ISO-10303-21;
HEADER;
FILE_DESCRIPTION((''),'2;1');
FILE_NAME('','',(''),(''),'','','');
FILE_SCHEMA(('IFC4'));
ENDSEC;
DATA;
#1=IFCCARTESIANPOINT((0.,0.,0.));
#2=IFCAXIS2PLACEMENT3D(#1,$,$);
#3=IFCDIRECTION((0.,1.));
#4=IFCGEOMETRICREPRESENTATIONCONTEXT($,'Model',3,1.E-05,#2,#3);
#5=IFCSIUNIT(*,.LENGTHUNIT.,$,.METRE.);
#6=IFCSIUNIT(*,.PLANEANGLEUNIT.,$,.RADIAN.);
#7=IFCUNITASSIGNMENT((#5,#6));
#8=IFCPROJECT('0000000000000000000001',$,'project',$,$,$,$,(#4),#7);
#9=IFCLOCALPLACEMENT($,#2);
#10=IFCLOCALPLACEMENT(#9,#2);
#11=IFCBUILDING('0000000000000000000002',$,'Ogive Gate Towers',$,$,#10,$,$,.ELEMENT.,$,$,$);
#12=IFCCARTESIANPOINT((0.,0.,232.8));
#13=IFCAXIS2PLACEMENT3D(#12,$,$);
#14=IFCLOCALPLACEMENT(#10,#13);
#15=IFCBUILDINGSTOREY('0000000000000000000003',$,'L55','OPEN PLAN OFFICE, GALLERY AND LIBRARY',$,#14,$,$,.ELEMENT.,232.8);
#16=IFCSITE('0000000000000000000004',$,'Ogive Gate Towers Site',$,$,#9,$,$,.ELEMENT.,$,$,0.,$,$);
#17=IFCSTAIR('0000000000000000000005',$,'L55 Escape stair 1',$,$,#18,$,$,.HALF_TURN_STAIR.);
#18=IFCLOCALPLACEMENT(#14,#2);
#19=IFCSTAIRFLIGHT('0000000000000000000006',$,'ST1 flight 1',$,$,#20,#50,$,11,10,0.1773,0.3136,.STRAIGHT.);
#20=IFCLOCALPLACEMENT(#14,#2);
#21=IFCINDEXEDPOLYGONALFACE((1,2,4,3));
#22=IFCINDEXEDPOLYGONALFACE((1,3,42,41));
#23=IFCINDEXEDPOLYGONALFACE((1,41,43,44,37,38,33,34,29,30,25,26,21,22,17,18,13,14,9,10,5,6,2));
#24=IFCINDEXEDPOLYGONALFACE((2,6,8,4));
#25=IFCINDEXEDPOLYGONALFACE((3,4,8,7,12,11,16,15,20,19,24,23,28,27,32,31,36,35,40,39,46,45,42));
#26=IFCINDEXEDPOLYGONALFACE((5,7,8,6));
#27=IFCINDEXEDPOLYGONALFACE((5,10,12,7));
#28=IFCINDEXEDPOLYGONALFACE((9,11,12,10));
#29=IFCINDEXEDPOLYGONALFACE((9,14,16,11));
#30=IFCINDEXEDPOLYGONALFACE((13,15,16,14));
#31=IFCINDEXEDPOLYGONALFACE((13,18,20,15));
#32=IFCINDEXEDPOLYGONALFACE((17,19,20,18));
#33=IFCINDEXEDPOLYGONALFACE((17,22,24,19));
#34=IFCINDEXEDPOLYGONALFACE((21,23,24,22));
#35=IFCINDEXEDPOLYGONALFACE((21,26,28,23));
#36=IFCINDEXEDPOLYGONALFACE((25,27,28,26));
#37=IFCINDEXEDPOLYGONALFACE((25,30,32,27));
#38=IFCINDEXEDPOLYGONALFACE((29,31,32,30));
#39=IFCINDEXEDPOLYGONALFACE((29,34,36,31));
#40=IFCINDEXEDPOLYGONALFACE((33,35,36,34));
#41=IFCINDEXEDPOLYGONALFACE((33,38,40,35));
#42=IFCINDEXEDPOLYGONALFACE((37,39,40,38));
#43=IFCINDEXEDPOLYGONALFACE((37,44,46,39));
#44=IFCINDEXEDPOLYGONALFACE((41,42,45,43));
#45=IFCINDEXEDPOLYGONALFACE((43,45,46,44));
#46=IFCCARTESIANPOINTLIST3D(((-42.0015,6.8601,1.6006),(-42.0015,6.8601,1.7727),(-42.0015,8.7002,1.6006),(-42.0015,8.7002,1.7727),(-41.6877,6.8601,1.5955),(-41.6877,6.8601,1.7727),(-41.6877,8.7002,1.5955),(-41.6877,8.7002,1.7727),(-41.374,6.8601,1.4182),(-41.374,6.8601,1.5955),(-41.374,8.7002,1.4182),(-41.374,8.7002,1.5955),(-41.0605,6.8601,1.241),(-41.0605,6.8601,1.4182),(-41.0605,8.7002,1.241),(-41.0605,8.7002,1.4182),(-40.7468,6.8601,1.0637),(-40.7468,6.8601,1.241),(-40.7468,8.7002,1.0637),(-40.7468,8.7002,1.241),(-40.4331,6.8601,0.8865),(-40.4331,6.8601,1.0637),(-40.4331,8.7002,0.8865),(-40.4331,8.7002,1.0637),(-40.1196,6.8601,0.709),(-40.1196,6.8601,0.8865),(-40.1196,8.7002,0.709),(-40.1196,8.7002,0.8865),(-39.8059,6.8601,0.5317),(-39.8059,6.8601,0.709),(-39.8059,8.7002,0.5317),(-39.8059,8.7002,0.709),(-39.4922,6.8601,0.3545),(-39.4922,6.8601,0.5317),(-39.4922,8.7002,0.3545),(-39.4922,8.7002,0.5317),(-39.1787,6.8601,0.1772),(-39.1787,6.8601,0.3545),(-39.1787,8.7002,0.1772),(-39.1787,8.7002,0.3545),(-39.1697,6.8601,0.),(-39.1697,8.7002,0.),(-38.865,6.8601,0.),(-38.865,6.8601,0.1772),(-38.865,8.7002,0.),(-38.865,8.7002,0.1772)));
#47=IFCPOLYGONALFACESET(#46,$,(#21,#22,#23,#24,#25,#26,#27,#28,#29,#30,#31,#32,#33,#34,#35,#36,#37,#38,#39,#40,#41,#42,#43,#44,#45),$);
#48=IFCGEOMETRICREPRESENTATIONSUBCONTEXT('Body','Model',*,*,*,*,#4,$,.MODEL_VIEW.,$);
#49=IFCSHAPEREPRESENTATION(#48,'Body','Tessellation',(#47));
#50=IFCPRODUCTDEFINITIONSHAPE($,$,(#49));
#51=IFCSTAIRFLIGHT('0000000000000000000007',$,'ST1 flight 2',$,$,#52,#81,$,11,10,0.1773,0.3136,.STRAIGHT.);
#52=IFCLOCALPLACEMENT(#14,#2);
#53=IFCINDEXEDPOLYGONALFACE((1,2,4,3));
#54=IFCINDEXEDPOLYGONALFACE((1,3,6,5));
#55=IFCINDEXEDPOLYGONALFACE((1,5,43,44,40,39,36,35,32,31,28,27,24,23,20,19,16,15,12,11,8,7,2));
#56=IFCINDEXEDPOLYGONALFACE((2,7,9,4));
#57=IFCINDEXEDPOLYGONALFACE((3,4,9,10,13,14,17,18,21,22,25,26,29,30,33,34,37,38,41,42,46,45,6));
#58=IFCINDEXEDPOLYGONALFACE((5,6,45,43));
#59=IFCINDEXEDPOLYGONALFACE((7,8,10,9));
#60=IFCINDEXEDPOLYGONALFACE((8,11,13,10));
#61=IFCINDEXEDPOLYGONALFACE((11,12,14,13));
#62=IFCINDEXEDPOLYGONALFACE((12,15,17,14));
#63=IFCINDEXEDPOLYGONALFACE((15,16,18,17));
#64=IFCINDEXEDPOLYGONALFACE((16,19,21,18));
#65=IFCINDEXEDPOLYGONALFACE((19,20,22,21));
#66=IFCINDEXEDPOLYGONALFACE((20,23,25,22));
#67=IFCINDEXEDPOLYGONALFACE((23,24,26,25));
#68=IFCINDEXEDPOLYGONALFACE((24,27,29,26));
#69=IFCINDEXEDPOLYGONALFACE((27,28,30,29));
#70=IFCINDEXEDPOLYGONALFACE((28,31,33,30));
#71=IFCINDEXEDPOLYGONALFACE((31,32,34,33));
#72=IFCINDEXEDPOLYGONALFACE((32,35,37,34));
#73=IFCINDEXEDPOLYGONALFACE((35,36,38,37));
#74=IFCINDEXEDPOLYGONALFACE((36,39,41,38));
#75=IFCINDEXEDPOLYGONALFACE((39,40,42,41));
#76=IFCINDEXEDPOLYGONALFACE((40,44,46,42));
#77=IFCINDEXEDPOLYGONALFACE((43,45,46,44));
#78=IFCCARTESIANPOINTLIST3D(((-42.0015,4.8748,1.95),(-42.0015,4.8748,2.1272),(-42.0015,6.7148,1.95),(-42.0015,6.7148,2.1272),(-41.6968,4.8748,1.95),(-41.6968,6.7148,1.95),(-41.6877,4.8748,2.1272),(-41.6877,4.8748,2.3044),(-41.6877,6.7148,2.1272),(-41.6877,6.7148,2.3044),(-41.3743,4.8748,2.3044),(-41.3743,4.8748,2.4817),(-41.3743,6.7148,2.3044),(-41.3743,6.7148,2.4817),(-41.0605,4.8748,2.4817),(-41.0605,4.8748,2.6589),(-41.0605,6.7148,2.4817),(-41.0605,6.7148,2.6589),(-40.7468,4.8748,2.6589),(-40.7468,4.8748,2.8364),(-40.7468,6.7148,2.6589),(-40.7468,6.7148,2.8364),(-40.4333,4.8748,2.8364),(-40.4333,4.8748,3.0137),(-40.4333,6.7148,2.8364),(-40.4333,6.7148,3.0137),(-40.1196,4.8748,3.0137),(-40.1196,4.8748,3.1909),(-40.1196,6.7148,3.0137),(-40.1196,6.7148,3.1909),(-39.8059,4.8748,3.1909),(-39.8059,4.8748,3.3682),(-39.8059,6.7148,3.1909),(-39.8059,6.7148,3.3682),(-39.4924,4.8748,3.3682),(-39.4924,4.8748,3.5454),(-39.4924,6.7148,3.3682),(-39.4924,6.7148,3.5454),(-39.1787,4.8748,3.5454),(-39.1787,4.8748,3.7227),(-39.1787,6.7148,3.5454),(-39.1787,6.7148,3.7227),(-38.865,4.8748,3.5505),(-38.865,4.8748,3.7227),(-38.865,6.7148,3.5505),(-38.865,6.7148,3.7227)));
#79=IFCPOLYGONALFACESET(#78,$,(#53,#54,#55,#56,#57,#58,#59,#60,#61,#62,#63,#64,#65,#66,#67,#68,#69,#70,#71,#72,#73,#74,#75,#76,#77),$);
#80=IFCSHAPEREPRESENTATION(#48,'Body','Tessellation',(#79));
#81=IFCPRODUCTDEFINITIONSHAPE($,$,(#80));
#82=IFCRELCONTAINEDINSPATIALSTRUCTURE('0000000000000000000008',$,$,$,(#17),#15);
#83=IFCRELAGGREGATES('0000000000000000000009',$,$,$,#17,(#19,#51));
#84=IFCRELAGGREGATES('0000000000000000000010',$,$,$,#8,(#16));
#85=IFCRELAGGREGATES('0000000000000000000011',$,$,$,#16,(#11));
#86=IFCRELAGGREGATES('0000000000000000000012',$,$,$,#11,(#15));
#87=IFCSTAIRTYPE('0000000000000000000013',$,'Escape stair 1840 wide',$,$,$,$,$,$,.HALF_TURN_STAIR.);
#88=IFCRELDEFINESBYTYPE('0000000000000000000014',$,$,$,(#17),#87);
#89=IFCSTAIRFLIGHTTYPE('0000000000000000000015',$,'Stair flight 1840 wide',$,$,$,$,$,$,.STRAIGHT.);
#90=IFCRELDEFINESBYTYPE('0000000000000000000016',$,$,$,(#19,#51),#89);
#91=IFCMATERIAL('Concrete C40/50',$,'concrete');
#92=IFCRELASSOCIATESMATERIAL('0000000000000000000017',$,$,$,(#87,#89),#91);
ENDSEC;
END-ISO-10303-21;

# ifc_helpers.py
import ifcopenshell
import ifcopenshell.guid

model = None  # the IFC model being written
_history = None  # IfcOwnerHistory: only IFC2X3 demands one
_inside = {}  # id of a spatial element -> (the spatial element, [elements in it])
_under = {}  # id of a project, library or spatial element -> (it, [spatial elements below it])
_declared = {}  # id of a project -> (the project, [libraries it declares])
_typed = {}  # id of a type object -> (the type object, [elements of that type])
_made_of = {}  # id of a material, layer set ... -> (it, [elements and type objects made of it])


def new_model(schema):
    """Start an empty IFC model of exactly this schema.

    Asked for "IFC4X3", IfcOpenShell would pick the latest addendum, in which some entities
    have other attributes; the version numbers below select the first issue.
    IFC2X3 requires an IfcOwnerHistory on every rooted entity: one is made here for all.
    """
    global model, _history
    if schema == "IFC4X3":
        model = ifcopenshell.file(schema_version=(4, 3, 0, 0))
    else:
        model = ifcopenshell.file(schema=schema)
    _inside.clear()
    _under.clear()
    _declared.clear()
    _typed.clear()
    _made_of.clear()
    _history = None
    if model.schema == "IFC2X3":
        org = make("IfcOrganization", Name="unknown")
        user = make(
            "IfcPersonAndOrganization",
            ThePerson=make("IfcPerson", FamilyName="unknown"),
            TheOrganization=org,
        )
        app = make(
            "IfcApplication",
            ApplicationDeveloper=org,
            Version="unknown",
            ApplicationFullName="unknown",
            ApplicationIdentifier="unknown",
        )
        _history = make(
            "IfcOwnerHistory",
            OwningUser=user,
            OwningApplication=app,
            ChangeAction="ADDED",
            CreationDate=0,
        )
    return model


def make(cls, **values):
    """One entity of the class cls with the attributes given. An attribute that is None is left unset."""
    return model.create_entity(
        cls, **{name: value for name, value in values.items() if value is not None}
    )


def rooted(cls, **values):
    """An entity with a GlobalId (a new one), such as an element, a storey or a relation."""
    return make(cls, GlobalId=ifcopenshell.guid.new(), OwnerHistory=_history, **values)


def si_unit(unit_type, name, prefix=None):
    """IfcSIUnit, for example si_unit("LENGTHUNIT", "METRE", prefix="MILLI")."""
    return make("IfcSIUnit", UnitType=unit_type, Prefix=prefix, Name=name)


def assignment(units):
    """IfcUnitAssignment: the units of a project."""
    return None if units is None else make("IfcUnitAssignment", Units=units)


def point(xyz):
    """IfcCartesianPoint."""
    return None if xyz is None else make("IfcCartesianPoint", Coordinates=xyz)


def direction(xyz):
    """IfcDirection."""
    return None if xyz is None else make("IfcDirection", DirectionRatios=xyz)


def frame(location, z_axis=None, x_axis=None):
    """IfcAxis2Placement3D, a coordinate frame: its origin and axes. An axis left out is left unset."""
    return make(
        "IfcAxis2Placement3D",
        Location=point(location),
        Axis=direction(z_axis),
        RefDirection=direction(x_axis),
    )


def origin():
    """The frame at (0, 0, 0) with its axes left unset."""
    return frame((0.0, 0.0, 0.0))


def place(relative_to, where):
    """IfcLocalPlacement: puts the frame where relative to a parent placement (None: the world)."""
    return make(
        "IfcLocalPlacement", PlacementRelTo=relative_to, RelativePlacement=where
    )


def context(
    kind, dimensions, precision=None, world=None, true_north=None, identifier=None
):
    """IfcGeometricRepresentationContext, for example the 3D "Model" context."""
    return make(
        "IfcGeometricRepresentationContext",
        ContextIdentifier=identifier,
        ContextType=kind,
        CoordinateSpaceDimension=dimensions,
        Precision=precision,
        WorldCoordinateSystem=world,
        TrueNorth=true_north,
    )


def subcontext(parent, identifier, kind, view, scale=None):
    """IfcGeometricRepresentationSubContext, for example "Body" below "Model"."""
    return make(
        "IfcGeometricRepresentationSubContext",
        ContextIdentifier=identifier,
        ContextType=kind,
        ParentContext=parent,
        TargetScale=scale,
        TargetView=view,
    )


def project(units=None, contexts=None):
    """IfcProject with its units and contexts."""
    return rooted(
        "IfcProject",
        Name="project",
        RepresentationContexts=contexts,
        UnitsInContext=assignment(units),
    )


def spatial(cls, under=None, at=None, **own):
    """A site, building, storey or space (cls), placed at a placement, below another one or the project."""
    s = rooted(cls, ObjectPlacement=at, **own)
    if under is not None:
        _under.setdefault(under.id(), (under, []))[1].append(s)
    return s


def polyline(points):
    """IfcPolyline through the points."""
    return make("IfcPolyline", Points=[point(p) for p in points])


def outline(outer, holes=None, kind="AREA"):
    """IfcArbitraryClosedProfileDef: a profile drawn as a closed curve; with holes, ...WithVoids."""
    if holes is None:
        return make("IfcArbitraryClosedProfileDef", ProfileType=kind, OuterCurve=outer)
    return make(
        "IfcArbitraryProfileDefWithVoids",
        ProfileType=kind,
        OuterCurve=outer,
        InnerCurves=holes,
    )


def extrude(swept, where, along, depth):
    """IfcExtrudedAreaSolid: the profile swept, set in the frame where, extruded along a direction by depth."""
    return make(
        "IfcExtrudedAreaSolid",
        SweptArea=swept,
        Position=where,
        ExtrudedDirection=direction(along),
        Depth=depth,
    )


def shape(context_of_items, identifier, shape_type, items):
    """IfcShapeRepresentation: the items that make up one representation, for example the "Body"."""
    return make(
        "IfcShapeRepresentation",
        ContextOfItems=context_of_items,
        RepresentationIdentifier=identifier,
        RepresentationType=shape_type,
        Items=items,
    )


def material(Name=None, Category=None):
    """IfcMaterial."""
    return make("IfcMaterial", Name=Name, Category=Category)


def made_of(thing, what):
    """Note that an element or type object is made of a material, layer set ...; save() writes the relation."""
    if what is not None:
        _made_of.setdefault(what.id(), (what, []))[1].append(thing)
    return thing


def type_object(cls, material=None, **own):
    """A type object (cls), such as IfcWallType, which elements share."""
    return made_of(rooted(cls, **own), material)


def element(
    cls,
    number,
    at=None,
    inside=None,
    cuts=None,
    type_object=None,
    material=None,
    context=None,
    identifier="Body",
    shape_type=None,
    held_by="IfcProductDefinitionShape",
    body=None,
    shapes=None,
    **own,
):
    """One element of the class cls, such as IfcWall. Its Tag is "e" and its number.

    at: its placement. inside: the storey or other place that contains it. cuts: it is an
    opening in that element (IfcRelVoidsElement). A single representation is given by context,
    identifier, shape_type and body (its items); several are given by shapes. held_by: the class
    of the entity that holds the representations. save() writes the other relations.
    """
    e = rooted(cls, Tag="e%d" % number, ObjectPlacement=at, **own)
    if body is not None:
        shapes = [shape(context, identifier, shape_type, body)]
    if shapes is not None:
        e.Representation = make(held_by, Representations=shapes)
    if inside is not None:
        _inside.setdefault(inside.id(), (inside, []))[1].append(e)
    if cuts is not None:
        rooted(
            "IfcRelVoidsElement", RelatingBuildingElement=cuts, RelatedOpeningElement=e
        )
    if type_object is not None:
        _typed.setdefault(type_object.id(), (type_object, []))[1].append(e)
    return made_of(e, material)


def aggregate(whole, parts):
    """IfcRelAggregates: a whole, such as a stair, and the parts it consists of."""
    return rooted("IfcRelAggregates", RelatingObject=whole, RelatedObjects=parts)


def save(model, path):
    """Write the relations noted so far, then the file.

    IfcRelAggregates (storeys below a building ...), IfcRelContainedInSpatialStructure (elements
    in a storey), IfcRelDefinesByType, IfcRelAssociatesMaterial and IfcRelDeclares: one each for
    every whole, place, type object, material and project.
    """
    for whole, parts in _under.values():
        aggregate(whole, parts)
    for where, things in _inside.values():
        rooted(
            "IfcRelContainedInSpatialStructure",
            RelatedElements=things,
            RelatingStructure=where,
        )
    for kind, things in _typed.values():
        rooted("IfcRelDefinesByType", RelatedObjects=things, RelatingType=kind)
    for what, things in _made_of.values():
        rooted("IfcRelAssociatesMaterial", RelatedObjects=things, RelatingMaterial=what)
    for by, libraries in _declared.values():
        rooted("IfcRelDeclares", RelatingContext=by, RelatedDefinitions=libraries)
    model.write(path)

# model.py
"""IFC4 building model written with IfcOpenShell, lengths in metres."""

from ifc_helpers import new_model, si_unit, direction, frame, origin, place, context, subcontext, project, spatial, polyline, outline, extrude, material, type_object, element, aggregate, save


model = new_model("IFC4")

# Units and contexts
model_context = context("Model", 3, precision=1e-05, world=origin(), true_north=direction((0.0, 1.0)))
body_context = subcontext(model_context, "Body", "Model", "MODEL_VIEW")
ifc_project = project(units=[si_unit("LENGTHUNIT", "METRE"), si_unit("PLANEANGLEUNIT", "RADIAN")], contexts=[model_context])

# Site, building, storey
site_placement = place(None, origin())
site = spatial("IfcSite", under=ifc_project, at=site_placement, Name="Ogive Gate Towers Site", CompositionType="ELEMENT", RefElevation=0.0)
building_placement = place(site_placement, origin())
building = spatial("IfcBuilding", under=site, at=building_placement, Name="Ogive Gate Towers", CompositionType="ELEMENT")
storey_placement = place(building_placement, frame((0.0, 0.0, 232.8)))
storey = spatial("IfcBuildingStorey", under=building, at=storey_placement, Name="L55", Description="OPEN PLAN OFFICE, GALLERY AND LIBRARY", CompositionType="ELEMENT", Elevation=232.8)

# Stair, stair flights
ifc_material_1 = material(Name="Concrete C40/50", Category="concrete")
stair_type = type_object("IfcStairType", Name="Escape stair 1840 wide", PredefinedType="HALF_TURN_STAIR", material=ifc_material_1)
stair_placement = place(storey_placement, origin())
stair = element("IfcStair", 1, at=stair_placement, inside=storey, type_object=stair_type, Name="L55 Escape stair 1", PredefinedType="HALF_TURN_STAIR")
stair_flight_type = type_object("IfcStairFlightType", Name="Stair flight 1840 wide", PredefinedType="STRAIGHT", material=ifc_material_1)
stair_flight_1_placement = place(storey_placement, frame((-38.865, 7.78, 0.0), z_axis=(0.0, 0.0, 1.0), x_axis=(-1.0, 0.0, 0.0)))
stair_flight_1 = element("IfcStairFlight", 2, at=stair_flight_1_placement, type_object=stair_flight_type, Name="ST1 flight 1", NumberOfRisers=11, NumberOfTreads=10, PredefinedType="STRAIGHT", RiserHeight=0.1773, TreadLength=0.3136, context=body_context, shape_type="SweptSolid", body=[
    extrude(outline(polyline([(0.0, 0.0), (0.0, 0.1772), (0.3137, 0.1772), (0.3137, 0.3545), (0.6272, 0.3545), (0.6272, 0.5317), (0.9409, 0.5317), (0.9409, 0.709), (1.2546, 0.709), (1.2546, 0.8865), (1.5681, 0.8865), (1.5681, 1.0637), (1.8818, 1.0637), (1.8818, 1.241), (2.1956, 1.241), (2.1956, 1.4182), (2.509, 1.4182), (2.509, 1.5955), (2.8228, 1.5955), (2.8228, 1.7727), (3.1365, 1.7727), (3.1365, 1.95), (3.1365, 1.6006), (0.3047, 0.0), (0.0, 0.0)])), frame((0.0, 0.9199, 0.0), z_axis=(0.0, -1.0, 0.0), x_axis=(1.0, 0.0, 0.0)), (0.0, 0.0, 1.0), 1.8401),
])
stair_flight_2_placement = place(storey_placement, frame((-42.0015, 5.7949, 1.95), z_axis=(0.0, 0.0, 1.0), x_axis=(1.0, 0.0, 0.0)))
stair_flight_2 = element("IfcStairFlight", 3, at=stair_flight_2_placement, type_object=stair_flight_type, Name="ST1 flight 2", NumberOfRisers=11, NumberOfTreads=10, PredefinedType="STRAIGHT", RiserHeight=0.1773, TreadLength=0.3136, context=body_context, shape_type="SweptSolid", body=[
    extrude(outline(polyline([(0.0, 0.0), (0.0, 0.1772), (0.3137, 0.1772), (0.3137, 0.3545), (0.6272, 0.3545), (0.6272, 0.5317), (0.9409, 0.5317), (0.9409, 0.709), (1.2546, 0.709), (1.2546, 0.8865), (1.5681, 0.8865), (1.5681, 1.0637), (1.8818, 1.0637), (1.8818, 1.241), (2.1956, 1.241), (2.1956, 1.4182), (2.509, 1.4182), (2.509, 1.5955), (2.8228, 1.5955), (2.8228, 1.7727), (3.1365, 1.7727), (3.1365, 1.95), (3.1365, 1.6006), (0.3047, 0.0), (0.0, 0.0)])), frame((0.0, 0.9199, 0.0), z_axis=(0.0, -1.0, 0.0), x_axis=(1.0, 0.0, 0.0)), (0.0, 0.0, 1.0), 1.8401),
])
aggregate(stair, [stair_flight_1, stair_flight_2])

save(model, "model.ifc")
